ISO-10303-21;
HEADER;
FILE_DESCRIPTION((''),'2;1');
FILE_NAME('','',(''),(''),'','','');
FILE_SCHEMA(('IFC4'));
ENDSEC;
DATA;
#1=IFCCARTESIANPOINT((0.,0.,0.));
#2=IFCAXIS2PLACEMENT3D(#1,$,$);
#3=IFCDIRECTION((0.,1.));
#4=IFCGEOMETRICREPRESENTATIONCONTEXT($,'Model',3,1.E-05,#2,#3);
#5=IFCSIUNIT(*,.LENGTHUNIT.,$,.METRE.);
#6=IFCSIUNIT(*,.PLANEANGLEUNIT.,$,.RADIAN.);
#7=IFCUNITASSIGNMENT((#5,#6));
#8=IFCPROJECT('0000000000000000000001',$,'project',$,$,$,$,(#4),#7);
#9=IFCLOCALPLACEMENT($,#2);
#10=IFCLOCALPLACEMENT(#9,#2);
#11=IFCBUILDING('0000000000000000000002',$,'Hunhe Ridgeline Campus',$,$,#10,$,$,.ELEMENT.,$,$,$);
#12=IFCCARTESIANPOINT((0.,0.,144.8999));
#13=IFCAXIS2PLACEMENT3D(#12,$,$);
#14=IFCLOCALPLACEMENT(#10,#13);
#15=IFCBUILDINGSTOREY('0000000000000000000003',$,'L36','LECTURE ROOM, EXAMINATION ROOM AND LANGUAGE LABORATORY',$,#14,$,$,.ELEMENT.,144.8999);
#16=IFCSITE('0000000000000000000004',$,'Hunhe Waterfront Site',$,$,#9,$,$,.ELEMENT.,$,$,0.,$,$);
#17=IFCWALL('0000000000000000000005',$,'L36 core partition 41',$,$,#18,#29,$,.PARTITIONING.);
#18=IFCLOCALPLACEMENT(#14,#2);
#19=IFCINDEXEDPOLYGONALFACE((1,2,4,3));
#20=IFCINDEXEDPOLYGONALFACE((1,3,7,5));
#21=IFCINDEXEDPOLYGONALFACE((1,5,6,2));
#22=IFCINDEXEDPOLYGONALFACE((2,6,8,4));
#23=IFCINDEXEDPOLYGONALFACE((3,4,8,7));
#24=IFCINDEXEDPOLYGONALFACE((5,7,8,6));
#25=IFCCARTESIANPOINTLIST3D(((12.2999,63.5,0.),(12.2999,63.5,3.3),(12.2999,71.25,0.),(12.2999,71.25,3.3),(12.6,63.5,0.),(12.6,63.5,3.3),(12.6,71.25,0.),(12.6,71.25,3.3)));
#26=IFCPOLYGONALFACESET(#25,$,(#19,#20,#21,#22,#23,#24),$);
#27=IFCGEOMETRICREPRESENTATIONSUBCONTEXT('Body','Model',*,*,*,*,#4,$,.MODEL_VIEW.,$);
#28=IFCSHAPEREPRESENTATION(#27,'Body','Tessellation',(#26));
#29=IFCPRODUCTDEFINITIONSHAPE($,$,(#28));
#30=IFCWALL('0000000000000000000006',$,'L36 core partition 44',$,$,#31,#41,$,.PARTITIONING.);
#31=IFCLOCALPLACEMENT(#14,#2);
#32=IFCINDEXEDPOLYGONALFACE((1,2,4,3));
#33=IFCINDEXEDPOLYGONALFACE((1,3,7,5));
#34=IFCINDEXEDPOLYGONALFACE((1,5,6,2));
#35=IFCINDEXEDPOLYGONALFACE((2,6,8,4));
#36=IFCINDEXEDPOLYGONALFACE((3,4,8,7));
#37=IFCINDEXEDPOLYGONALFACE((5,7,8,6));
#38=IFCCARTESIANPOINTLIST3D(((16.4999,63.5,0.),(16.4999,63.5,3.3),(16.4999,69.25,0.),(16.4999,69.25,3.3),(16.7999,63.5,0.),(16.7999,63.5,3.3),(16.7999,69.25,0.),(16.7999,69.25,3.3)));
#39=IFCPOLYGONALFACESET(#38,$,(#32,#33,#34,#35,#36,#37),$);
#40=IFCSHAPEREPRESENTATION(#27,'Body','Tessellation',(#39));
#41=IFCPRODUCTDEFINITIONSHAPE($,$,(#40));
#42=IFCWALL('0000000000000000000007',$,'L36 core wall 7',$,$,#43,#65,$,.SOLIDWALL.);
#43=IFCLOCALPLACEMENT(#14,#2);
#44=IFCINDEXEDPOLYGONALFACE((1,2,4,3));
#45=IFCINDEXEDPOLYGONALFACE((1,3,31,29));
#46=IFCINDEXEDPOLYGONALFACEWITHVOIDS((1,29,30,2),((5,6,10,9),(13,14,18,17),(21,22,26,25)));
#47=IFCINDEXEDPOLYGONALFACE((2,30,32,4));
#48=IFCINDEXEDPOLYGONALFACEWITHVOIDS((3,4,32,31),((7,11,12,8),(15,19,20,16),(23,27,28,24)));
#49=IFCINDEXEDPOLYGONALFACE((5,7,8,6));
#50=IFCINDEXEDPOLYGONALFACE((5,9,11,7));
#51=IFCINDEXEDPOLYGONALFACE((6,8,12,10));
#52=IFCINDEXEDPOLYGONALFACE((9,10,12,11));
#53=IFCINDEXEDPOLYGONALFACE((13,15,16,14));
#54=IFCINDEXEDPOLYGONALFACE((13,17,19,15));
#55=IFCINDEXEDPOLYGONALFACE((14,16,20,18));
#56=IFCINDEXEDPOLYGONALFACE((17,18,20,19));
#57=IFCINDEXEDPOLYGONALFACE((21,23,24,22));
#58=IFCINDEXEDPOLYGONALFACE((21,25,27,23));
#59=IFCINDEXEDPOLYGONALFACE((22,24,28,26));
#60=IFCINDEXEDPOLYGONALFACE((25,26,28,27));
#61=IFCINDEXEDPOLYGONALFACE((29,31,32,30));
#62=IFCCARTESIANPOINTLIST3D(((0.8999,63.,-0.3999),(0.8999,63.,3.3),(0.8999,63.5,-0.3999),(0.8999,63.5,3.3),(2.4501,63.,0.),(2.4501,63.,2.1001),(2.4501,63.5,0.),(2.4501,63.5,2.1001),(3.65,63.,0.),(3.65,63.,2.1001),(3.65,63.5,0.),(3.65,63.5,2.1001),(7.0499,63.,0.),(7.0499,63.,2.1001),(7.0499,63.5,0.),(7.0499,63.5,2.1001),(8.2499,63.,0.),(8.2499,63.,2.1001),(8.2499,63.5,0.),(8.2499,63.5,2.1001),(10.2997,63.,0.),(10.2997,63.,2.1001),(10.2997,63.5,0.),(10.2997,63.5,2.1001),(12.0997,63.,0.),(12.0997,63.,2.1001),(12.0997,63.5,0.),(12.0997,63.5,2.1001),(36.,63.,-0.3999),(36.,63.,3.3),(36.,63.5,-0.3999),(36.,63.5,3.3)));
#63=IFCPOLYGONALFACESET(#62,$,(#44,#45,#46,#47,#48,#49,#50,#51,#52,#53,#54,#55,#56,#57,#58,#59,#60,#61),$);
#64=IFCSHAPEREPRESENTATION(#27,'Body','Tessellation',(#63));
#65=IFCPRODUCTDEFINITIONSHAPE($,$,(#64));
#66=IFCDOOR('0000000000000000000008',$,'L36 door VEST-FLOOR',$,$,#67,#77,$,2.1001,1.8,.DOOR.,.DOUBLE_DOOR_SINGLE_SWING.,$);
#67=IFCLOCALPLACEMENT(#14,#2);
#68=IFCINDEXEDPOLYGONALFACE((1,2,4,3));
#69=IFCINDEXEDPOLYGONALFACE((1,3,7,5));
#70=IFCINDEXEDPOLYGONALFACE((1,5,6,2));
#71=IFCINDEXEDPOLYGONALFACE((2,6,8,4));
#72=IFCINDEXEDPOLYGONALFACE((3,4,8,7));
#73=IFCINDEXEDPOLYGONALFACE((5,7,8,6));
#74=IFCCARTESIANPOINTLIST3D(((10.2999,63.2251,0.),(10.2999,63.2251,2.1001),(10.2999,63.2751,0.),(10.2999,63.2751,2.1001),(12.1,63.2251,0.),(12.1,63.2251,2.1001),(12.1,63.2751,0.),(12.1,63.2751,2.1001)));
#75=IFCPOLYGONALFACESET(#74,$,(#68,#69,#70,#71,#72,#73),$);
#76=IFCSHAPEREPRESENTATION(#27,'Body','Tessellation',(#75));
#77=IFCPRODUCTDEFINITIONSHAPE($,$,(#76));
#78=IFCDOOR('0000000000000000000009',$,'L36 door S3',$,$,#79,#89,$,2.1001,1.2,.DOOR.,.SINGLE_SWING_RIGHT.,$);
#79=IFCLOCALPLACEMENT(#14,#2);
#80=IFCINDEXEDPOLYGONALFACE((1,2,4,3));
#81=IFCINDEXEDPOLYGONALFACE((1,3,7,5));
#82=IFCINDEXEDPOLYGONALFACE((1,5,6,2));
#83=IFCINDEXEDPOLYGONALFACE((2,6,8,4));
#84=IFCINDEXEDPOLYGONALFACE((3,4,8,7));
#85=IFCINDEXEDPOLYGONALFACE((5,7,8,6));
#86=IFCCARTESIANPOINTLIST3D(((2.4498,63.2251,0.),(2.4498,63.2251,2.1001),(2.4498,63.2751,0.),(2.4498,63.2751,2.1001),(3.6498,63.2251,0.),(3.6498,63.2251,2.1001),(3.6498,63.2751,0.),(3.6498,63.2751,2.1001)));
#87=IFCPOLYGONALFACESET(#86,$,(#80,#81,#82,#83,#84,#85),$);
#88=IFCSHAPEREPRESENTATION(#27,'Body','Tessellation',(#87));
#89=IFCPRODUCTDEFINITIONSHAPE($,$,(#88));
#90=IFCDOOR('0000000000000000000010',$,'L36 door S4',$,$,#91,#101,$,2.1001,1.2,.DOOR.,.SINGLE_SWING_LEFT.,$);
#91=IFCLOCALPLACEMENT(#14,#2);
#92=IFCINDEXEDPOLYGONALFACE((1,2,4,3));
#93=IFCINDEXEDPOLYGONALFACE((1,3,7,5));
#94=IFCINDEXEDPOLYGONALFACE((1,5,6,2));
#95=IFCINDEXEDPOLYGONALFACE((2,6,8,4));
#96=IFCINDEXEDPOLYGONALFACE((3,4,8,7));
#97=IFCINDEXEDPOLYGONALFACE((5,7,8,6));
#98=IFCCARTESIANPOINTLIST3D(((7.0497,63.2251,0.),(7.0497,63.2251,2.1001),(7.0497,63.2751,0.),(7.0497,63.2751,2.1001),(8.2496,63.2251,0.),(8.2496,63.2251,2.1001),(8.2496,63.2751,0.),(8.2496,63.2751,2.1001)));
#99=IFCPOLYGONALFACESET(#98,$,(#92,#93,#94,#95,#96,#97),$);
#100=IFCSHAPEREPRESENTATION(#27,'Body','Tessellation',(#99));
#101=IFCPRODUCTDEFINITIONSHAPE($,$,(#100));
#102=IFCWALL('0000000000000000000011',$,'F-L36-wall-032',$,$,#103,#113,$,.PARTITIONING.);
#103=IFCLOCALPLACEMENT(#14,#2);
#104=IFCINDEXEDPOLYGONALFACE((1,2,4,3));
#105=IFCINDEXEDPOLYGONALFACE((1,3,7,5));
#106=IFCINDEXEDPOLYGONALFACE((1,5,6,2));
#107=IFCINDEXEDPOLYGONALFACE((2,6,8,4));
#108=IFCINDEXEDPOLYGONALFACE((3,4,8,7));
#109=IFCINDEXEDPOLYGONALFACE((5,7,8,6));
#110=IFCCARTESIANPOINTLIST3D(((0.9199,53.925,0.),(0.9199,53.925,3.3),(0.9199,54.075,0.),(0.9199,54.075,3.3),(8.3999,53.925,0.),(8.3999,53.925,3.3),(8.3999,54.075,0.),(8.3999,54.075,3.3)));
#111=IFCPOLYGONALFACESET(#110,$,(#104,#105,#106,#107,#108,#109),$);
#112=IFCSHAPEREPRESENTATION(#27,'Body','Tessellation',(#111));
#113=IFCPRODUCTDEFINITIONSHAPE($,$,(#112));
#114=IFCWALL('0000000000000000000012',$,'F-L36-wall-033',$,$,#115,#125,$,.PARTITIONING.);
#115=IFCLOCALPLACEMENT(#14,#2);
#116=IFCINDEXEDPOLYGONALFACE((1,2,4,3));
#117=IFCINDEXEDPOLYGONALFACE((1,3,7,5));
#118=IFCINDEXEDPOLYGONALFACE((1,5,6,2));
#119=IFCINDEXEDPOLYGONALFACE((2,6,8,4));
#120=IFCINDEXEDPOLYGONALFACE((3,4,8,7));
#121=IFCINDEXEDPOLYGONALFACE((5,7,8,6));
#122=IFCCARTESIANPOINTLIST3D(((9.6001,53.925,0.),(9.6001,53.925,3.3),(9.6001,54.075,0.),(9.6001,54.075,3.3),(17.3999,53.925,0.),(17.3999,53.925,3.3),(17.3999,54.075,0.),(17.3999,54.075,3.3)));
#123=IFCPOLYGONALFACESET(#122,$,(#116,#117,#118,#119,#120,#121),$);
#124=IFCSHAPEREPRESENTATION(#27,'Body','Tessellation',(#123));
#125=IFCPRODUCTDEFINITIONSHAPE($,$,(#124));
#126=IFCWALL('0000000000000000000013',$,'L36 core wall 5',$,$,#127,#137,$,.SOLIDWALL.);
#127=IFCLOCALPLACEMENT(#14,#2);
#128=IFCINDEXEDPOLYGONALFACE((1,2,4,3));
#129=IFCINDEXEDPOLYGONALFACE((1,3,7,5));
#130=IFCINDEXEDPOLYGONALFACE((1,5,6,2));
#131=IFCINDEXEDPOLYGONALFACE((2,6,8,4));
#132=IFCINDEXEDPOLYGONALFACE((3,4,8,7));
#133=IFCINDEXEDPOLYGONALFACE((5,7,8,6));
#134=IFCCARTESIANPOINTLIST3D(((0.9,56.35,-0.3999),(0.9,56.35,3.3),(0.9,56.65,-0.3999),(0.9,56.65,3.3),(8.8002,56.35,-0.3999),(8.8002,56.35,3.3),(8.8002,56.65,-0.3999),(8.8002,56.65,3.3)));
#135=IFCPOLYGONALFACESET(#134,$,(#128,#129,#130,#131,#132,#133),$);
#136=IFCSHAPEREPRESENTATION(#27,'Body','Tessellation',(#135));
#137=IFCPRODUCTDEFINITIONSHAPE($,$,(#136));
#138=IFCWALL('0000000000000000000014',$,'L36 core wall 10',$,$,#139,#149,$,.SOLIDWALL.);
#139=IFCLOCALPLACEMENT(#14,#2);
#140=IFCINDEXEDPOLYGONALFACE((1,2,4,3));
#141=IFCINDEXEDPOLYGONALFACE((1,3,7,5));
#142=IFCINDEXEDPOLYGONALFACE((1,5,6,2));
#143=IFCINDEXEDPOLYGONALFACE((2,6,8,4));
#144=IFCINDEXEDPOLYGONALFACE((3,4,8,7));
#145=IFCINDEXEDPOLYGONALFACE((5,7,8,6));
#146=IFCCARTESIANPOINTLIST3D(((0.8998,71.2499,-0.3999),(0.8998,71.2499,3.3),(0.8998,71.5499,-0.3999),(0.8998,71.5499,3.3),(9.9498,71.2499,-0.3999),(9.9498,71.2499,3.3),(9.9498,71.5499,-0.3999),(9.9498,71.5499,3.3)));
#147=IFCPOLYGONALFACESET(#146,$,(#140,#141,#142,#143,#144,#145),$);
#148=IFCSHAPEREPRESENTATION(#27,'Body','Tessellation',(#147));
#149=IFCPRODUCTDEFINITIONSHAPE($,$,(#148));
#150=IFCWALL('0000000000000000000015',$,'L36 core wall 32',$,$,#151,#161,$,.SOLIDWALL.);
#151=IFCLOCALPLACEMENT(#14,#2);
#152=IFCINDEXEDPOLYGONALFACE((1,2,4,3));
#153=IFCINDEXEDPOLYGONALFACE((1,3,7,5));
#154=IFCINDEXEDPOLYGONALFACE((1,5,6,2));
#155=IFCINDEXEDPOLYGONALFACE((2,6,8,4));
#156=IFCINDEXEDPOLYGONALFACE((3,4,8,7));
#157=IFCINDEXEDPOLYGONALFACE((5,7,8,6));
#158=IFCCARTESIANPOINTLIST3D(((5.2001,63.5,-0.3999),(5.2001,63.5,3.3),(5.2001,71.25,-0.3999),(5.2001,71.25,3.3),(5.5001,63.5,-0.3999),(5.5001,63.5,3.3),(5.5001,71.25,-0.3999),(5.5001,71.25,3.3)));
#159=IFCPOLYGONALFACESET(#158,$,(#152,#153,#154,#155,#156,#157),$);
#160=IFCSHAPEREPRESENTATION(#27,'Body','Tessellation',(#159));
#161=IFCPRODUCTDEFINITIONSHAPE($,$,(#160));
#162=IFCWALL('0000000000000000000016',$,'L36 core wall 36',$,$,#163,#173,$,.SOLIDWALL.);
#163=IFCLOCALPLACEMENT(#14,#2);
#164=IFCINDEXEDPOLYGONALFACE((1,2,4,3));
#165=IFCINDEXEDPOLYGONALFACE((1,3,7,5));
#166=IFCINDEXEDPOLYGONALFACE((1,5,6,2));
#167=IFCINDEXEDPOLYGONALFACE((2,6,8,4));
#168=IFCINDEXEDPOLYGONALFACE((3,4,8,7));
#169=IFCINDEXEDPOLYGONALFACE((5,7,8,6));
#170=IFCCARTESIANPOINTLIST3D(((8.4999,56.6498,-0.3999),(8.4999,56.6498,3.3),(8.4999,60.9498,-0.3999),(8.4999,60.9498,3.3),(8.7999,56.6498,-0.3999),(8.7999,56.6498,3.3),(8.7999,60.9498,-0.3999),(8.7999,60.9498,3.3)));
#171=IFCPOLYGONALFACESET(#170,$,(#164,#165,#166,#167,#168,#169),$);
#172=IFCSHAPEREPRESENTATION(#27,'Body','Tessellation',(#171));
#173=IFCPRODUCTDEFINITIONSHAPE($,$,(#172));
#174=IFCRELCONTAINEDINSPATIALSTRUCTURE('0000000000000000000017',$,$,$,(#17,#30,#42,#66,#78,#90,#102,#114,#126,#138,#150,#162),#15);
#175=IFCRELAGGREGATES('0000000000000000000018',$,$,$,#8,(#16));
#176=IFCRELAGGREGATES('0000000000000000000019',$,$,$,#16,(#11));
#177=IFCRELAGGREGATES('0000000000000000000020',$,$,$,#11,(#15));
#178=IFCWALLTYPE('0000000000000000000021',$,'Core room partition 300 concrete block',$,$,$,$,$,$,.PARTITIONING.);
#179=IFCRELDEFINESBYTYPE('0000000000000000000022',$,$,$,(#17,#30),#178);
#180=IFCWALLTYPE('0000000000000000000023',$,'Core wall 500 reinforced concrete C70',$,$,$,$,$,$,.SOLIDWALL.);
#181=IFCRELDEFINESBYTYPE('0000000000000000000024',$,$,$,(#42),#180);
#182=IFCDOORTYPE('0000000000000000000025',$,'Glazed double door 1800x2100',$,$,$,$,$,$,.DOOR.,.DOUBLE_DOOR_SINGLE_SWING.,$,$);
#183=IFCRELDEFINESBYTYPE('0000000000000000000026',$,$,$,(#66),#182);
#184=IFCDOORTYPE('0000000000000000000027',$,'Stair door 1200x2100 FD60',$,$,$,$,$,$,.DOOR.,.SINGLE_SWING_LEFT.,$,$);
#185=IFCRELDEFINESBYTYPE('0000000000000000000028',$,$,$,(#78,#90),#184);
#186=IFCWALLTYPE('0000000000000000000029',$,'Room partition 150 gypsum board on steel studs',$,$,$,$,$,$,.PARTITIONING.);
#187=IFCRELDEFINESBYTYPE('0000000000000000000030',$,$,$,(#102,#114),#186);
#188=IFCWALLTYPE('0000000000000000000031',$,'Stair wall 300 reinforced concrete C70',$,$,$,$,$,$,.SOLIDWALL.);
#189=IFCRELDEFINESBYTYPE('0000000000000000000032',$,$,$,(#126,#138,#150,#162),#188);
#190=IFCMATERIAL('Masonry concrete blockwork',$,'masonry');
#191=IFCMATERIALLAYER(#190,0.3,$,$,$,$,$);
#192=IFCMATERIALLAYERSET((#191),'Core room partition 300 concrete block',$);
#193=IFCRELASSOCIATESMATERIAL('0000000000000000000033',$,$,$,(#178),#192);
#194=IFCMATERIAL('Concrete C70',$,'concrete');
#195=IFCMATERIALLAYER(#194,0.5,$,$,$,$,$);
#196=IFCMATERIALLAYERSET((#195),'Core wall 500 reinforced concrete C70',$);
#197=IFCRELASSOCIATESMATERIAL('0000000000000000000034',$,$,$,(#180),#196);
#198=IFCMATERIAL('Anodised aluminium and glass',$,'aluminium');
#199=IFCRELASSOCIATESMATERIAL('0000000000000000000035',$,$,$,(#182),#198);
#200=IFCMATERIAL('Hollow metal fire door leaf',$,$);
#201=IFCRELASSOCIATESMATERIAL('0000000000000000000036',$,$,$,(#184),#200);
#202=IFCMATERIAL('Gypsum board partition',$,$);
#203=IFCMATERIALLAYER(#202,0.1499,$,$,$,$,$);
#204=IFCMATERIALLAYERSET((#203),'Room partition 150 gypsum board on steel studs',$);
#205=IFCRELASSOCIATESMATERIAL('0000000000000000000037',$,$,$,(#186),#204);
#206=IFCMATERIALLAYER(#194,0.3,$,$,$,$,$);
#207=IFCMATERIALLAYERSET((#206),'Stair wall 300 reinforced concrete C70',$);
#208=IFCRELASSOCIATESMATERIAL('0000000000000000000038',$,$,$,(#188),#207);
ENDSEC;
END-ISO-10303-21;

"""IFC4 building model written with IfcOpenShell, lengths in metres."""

from ifc_helpers import new_model, si_unit, direction, frame, frame_2d, origin, place, context, subcontext, project, spatial, rectangle, extrude, material, layer, layer_set, type_object, element, fill, save


model = new_model("IFC4")

# Units and contexts
model_context = context("Model", 3, precision=1e-05, world=origin(), true_north=direction((0.0, 1.0)))
body_context = subcontext(model_context, "Body", "Model", "MODEL_VIEW")
ifc_project = project(units=[si_unit("LENGTHUNIT", "METRE"), si_unit("PLANEANGLEUNIT", "RADIAN")], contexts=[model_context])

# Site, building, storey
site_placement = place(None, origin())
site = spatial("IfcSite", under=ifc_project, at=site_placement, Name="Hunhe Waterfront Site", CompositionType="ELEMENT", RefElevation=0.0)
building_placement = place(site_placement, origin())
building = spatial("IfcBuilding", under=site, at=building_placement, Name="Hunhe Ridgeline Campus", CompositionType="ELEMENT")
storey_placement = place(building_placement, frame((0.0, 0.0, 144.8999)))
storey = spatial("IfcBuildingStorey", under=building, at=storey_placement, Name="L36", Description="LECTURE ROOM, EXAMINATION ROOM AND LANGUAGE LABORATORY", CompositionType="ELEMENT", Elevation=144.8999)

# Shared definitions
ifc_material_1 = material(Name="Masonry concrete blockwork", Category="masonry")
ifc_layer_1 = layer(ifc_material_1, 0.3)
ifc_layer_set_1 = layer_set([ifc_layer_1], Name="Core room partition 300 concrete block")
wall_type_1 = type_object("IfcWallType", Name="Core room partition 300 concrete block", PredefinedType="PARTITIONING", material=ifc_layer_set_1)

# Walls
wall_1_placement = place(storey_placement, frame((12.45, 63.5, 0.0), z_axis=(0.0, 0.0, 1.0), x_axis=(0.0, 1.0, 0.0)))
element("IfcWall", 1, at=wall_1_placement, inside=storey, type_object=wall_type_1, Name="L36 core partition 41", PredefinedType="PARTITIONING", context=body_context, shape_type="SweptSolid", body=[
    extrude(rectangle(XDim=7.75, YDim=0.3, at=frame_2d((3.875, 0.0))), origin(), (0.0, 0.0, 1.0), 3.3),
])
wall_2_placement = place(storey_placement, frame((16.6499, 63.5, 0.0), z_axis=(0.0, 0.0, 1.0), x_axis=(0.0, 1.0, 0.0)))
element("IfcWall", 2, at=wall_2_placement, inside=storey, type_object=wall_type_1, Name="L36 core partition 44", PredefinedType="PARTITIONING", context=body_context, shape_type="SweptSolid", body=[
    extrude(rectangle(XDim=5.75, YDim=0.3, at=frame_2d((2.875, 0.0))), origin(), (0.0, 0.0, 1.0), 3.3),
])

# Wall, openings, doors
ifc_material_2 = material(Name="Concrete C70", Category="concrete")
ifc_layer_2 = layer(ifc_material_2, 0.5)
ifc_layer_set_2 = layer_set([ifc_layer_2], Name="Core wall 500 reinforced concrete C70")
wall_type_2 = type_object("IfcWallType", Name="Core wall 500 reinforced concrete C70", PredefinedType="SOLIDWALL", material=ifc_layer_set_2)
wall_3_placement = place(storey_placement, frame((0.8999, 63.25, -0.3999), z_axis=(0.0, 0.0, 1.0), x_axis=(1.0, 0.0, 0.0)))
wall_3 = element("IfcWall", 3, at=wall_3_placement, inside=storey, type_object=wall_type_2, Name="L36 core wall 7", PredefinedType="SOLIDWALL", context=body_context, shape_type="SweptSolid", body=[
    extrude(rectangle(XDim=35.1001, YDim=0.5, at=frame_2d((17.55, 0.0))), origin(), (0.0, 0.0, 1.0), 3.7),
])
opening_1_placement = place(wall_3_placement, frame((9.3999, 0.0, 0.3999)))
opening_1 = element("IfcOpeningElement", 4, at=opening_1_placement, cuts=wall_3, PredefinedType="OPENING", context=body_context, shape_type="SweptSolid", body=[
    extrude(rectangle(XDim=1.8, YDim=2.1001, at=frame_2d((0.8999, 1.05))), frame((0.0, 0.25, 0.0), z_axis=(0.0, -1.0, 0.0), x_axis=(1.0, 0.0, 0.0)), (0.0, 0.0, 1.0), 0.5),
])
opening_2_placement = place(wall_3_placement, frame((1.55, 0.0, 0.3999)))
opening_2 = element("IfcOpeningElement", 5, at=opening_2_placement, cuts=wall_3, PredefinedType="OPENING", context=body_context, shape_type="SweptSolid", body=[
    extrude(rectangle(XDim=1.2, YDim=2.1001, at=frame_2d((0.6001, 1.05))), frame((0.0, 0.25, 0.0), z_axis=(0.0, -1.0, 0.0), x_axis=(1.0, 0.0, 0.0)), (0.0, 0.0, 1.0), 0.5),
])
opening_3_placement = place(wall_3_placement, frame((6.1499, 0.0, 0.3999)))
opening_3 = element("IfcOpeningElement", 6, at=opening_3_placement, cuts=wall_3, PredefinedType="OPENING", context=body_context, shape_type="SweptSolid", body=[
    extrude(rectangle(XDim=1.2, YDim=2.1001, at=frame_2d((0.6001, 1.05))), frame((0.0, 0.25, 0.0), z_axis=(0.0, -1.0, 0.0), x_axis=(1.0, 0.0, 0.0)), (0.0, 0.0, 1.0), 0.5),
])
ifc_material_3 = material(Name="Anodised aluminium and glass", Category="aluminium")
door_type_1 = type_object("IfcDoorType", Name="Glazed double door 1800x2100", OperationType="DOUBLE_DOOR_SINGLE_SWING", PredefinedType="DOOR", material=ifc_material_3)
door_1_placement = place(opening_1_placement, frame((1.8, 0.0, 0.0), z_axis=(0.0, 0.0, 1.0), x_axis=(-1.0, 0.0, 0.0)))
door_1 = element("IfcDoor", 7, at=door_1_placement, inside=storey, type_object=door_type_1, Name="L36 door VEST-FLOOR", OperationType="DOUBLE_DOOR_SINGLE_SWING", OverallHeight=2.1001, OverallWidth=1.8, PredefinedType="DOOR", context=body_context, shape_type="SweptSolid", body=[
    extrude(rectangle(XDim=1.8, YDim=2.1001, at=frame_2d((0.8999, 1.05))), frame((0.0, 0.0249, 0.0), z_axis=(0.0, -1.0, 0.0), x_axis=(1.0, 0.0, 0.0)), (0.0, 0.0, 1.0), 0.05),
])
fill(opening_1, door_1)
ifc_material_4 = material(Name="Hollow metal fire door leaf")
door_type_2 = type_object("IfcDoorType", Name="Stair door 1200x2100 FD60", OperationType="SINGLE_SWING_LEFT", PredefinedType="DOOR", material=ifc_material_4)
door_2_placement = place(opening_2_placement, frame((1.2, 0.0, 0.0), z_axis=(0.0, 0.0, 1.0), x_axis=(-1.0, 0.0, 0.0)))
door_2 = element("IfcDoor", 8, at=door_2_placement, inside=storey, type_object=door_type_2, Name="L36 door S3", OperationType="SINGLE_SWING_RIGHT", OverallHeight=2.1001, OverallWidth=1.2, PredefinedType="DOOR", context=body_context, shape_type="SweptSolid", body=[
    extrude(rectangle(XDim=1.2, YDim=2.1001, at=frame_2d((0.6001, 1.05))), frame((0.0, 0.0249, 0.0), z_axis=(0.0, -1.0, 0.0), x_axis=(1.0, 0.0, 0.0)), (0.0, 0.0, 1.0), 0.05),
])
fill(opening_2, door_2)
door_3_placement = place(opening_3_placement, frame((1.2, 0.0, 0.0), z_axis=(0.0, 0.0, 1.0), x_axis=(-1.0, 0.0, 0.0)))
door_3 = element("IfcDoor", 9, at=door_3_placement, inside=storey, type_object=door_type_2, Name="L36 door S4", OperationType="SINGLE_SWING_LEFT", OverallHeight=2.1001, OverallWidth=1.2, PredefinedType="DOOR", context=body_context, shape_type="SweptSolid", body=[
    extrude(rectangle(XDim=1.2, YDim=2.1001, at=frame_2d((0.6001, 1.05))), frame((0.0, 0.0249, 0.0), z_axis=(0.0, -1.0, 0.0), x_axis=(1.0, 0.0, 0.0)), (0.0, 0.0, 1.0), 0.05),
])
fill(opening_3, door_3)

# Walls
ifc_material_5 = material(Name="Gypsum board partition")
ifc_layer_3 = layer(ifc_material_5, 0.1499)
ifc_layer_set_3 = layer_set([ifc_layer_3], Name="Room partition 150 gypsum board on steel studs")
wall_type_3 = type_object("IfcWallType", Name="Room partition 150 gypsum board on steel studs", PredefinedType="PARTITIONING", material=ifc_layer_set_3)
wall_4_placement = place(storey_placement, frame((0.9199, 54.0, 0.0), z_axis=(0.0, 0.0, 1.0), x_axis=(1.0, 0.0, 0.0)))
element("IfcWall", 10, at=wall_4_placement, inside=storey, type_object=wall_type_3, Name="F-L36-wall-032", PredefinedType="PARTITIONING", context=body_context, shape_type="SweptSolid", body=[
    extrude(rectangle(XDim=7.48, YDim=0.1499, at=frame_2d((3.74, 0.0))), origin(), (0.0, 0.0, 1.0), 3.3),
])
wall_5_placement = place(storey_placement, frame((9.6001, 54.0, 0.0), z_axis=(0.0, 0.0, 1.0), x_axis=(1.0, 0.0, 0.0)))
element("IfcWall", 11, at=wall_5_placement, inside=storey, type_object=wall_type_3, Name="F-L36-wall-033", PredefinedType="PARTITIONING", context=body_context, shape_type="SweptSolid", body=[
    extrude(rectangle(XDim=7.7998, YDim=0.1499, at=frame_2d((3.8999, 0.0))), origin(), (0.0, 0.0, 1.0), 3.3),
])
ifc_layer_4 = layer(ifc_material_2, 0.3)
ifc_layer_set_4 = layer_set([ifc_layer_4], Name="Stair wall 300 reinforced concrete C70")
wall_type_4 = type_object("IfcWallType", Name="Stair wall 300 reinforced concrete C70", PredefinedType="SOLIDWALL", material=ifc_layer_set_4)
wall_6_placement = place(storey_placement, frame((0.8999, 56.5, -0.3999), z_axis=(0.0, 0.0, 1.0), x_axis=(1.0, 0.0, 0.0)))
element("IfcWall", 12, at=wall_6_placement, inside=storey, type_object=wall_type_4, Name="L36 core wall 5", PredefinedType="SOLIDWALL", context=body_context, shape_type="SweptSolid", body=[
    extrude(rectangle(XDim=7.9001, YDim=0.3, at=frame_2d((3.9502, 0.0))), origin(), (0.0, 0.0, 1.0), 3.7),
])

# Walls
wall_7_placement = place(storey_placement, frame((0.8999, 71.3999, -0.3999), z_axis=(0.0, 0.0, 1.0), x_axis=(1.0, 0.0, 0.0)))
element("IfcWall", 13, at=wall_7_placement, inside=storey, type_object=wall_type_4, Name="L36 core wall 10", PredefinedType="SOLIDWALL", context=body_context, shape_type="SweptSolid", body=[
    extrude(rectangle(XDim=9.05, YDim=0.3, at=frame_2d((4.5249, 0.0))), origin(), (0.0, 0.0, 1.0), 3.7),
])
wall_8_placement = place(storey_placement, frame((5.3501, 63.5, -0.3999), z_axis=(0.0, 0.0, 1.0), x_axis=(0.0, 1.0, 0.0)))
element("IfcWall", 14, at=wall_8_placement, inside=storey, type_object=wall_type_4, Name="L36 core wall 32", PredefinedType="SOLIDWALL", context=body_context, shape_type="SweptSolid", body=[
    extrude(rectangle(XDim=7.75, YDim=0.3, at=frame_2d((3.875, 0.0))), origin(), (0.0, 0.0, 1.0), 3.7),
])
wall_9_placement = place(storey_placement, frame((8.6499, 56.6499, -0.3999), z_axis=(0.0, 0.0, 1.0), x_axis=(0.0, 1.0, 0.0)))
element("IfcWall", 15, at=wall_9_placement, inside=storey, type_object=wall_type_4, Name="L36 core wall 36", PredefinedType="SOLIDWALL", context=body_context, shape_type="SweptSolid", body=[
    extrude(rectangle(XDim=4.3, YDim=0.3, at=frame_2d((2.1499, 0.0))), origin(), (0.0, 0.0, 1.0), 3.7),
])

save(model, "model.ifc")
